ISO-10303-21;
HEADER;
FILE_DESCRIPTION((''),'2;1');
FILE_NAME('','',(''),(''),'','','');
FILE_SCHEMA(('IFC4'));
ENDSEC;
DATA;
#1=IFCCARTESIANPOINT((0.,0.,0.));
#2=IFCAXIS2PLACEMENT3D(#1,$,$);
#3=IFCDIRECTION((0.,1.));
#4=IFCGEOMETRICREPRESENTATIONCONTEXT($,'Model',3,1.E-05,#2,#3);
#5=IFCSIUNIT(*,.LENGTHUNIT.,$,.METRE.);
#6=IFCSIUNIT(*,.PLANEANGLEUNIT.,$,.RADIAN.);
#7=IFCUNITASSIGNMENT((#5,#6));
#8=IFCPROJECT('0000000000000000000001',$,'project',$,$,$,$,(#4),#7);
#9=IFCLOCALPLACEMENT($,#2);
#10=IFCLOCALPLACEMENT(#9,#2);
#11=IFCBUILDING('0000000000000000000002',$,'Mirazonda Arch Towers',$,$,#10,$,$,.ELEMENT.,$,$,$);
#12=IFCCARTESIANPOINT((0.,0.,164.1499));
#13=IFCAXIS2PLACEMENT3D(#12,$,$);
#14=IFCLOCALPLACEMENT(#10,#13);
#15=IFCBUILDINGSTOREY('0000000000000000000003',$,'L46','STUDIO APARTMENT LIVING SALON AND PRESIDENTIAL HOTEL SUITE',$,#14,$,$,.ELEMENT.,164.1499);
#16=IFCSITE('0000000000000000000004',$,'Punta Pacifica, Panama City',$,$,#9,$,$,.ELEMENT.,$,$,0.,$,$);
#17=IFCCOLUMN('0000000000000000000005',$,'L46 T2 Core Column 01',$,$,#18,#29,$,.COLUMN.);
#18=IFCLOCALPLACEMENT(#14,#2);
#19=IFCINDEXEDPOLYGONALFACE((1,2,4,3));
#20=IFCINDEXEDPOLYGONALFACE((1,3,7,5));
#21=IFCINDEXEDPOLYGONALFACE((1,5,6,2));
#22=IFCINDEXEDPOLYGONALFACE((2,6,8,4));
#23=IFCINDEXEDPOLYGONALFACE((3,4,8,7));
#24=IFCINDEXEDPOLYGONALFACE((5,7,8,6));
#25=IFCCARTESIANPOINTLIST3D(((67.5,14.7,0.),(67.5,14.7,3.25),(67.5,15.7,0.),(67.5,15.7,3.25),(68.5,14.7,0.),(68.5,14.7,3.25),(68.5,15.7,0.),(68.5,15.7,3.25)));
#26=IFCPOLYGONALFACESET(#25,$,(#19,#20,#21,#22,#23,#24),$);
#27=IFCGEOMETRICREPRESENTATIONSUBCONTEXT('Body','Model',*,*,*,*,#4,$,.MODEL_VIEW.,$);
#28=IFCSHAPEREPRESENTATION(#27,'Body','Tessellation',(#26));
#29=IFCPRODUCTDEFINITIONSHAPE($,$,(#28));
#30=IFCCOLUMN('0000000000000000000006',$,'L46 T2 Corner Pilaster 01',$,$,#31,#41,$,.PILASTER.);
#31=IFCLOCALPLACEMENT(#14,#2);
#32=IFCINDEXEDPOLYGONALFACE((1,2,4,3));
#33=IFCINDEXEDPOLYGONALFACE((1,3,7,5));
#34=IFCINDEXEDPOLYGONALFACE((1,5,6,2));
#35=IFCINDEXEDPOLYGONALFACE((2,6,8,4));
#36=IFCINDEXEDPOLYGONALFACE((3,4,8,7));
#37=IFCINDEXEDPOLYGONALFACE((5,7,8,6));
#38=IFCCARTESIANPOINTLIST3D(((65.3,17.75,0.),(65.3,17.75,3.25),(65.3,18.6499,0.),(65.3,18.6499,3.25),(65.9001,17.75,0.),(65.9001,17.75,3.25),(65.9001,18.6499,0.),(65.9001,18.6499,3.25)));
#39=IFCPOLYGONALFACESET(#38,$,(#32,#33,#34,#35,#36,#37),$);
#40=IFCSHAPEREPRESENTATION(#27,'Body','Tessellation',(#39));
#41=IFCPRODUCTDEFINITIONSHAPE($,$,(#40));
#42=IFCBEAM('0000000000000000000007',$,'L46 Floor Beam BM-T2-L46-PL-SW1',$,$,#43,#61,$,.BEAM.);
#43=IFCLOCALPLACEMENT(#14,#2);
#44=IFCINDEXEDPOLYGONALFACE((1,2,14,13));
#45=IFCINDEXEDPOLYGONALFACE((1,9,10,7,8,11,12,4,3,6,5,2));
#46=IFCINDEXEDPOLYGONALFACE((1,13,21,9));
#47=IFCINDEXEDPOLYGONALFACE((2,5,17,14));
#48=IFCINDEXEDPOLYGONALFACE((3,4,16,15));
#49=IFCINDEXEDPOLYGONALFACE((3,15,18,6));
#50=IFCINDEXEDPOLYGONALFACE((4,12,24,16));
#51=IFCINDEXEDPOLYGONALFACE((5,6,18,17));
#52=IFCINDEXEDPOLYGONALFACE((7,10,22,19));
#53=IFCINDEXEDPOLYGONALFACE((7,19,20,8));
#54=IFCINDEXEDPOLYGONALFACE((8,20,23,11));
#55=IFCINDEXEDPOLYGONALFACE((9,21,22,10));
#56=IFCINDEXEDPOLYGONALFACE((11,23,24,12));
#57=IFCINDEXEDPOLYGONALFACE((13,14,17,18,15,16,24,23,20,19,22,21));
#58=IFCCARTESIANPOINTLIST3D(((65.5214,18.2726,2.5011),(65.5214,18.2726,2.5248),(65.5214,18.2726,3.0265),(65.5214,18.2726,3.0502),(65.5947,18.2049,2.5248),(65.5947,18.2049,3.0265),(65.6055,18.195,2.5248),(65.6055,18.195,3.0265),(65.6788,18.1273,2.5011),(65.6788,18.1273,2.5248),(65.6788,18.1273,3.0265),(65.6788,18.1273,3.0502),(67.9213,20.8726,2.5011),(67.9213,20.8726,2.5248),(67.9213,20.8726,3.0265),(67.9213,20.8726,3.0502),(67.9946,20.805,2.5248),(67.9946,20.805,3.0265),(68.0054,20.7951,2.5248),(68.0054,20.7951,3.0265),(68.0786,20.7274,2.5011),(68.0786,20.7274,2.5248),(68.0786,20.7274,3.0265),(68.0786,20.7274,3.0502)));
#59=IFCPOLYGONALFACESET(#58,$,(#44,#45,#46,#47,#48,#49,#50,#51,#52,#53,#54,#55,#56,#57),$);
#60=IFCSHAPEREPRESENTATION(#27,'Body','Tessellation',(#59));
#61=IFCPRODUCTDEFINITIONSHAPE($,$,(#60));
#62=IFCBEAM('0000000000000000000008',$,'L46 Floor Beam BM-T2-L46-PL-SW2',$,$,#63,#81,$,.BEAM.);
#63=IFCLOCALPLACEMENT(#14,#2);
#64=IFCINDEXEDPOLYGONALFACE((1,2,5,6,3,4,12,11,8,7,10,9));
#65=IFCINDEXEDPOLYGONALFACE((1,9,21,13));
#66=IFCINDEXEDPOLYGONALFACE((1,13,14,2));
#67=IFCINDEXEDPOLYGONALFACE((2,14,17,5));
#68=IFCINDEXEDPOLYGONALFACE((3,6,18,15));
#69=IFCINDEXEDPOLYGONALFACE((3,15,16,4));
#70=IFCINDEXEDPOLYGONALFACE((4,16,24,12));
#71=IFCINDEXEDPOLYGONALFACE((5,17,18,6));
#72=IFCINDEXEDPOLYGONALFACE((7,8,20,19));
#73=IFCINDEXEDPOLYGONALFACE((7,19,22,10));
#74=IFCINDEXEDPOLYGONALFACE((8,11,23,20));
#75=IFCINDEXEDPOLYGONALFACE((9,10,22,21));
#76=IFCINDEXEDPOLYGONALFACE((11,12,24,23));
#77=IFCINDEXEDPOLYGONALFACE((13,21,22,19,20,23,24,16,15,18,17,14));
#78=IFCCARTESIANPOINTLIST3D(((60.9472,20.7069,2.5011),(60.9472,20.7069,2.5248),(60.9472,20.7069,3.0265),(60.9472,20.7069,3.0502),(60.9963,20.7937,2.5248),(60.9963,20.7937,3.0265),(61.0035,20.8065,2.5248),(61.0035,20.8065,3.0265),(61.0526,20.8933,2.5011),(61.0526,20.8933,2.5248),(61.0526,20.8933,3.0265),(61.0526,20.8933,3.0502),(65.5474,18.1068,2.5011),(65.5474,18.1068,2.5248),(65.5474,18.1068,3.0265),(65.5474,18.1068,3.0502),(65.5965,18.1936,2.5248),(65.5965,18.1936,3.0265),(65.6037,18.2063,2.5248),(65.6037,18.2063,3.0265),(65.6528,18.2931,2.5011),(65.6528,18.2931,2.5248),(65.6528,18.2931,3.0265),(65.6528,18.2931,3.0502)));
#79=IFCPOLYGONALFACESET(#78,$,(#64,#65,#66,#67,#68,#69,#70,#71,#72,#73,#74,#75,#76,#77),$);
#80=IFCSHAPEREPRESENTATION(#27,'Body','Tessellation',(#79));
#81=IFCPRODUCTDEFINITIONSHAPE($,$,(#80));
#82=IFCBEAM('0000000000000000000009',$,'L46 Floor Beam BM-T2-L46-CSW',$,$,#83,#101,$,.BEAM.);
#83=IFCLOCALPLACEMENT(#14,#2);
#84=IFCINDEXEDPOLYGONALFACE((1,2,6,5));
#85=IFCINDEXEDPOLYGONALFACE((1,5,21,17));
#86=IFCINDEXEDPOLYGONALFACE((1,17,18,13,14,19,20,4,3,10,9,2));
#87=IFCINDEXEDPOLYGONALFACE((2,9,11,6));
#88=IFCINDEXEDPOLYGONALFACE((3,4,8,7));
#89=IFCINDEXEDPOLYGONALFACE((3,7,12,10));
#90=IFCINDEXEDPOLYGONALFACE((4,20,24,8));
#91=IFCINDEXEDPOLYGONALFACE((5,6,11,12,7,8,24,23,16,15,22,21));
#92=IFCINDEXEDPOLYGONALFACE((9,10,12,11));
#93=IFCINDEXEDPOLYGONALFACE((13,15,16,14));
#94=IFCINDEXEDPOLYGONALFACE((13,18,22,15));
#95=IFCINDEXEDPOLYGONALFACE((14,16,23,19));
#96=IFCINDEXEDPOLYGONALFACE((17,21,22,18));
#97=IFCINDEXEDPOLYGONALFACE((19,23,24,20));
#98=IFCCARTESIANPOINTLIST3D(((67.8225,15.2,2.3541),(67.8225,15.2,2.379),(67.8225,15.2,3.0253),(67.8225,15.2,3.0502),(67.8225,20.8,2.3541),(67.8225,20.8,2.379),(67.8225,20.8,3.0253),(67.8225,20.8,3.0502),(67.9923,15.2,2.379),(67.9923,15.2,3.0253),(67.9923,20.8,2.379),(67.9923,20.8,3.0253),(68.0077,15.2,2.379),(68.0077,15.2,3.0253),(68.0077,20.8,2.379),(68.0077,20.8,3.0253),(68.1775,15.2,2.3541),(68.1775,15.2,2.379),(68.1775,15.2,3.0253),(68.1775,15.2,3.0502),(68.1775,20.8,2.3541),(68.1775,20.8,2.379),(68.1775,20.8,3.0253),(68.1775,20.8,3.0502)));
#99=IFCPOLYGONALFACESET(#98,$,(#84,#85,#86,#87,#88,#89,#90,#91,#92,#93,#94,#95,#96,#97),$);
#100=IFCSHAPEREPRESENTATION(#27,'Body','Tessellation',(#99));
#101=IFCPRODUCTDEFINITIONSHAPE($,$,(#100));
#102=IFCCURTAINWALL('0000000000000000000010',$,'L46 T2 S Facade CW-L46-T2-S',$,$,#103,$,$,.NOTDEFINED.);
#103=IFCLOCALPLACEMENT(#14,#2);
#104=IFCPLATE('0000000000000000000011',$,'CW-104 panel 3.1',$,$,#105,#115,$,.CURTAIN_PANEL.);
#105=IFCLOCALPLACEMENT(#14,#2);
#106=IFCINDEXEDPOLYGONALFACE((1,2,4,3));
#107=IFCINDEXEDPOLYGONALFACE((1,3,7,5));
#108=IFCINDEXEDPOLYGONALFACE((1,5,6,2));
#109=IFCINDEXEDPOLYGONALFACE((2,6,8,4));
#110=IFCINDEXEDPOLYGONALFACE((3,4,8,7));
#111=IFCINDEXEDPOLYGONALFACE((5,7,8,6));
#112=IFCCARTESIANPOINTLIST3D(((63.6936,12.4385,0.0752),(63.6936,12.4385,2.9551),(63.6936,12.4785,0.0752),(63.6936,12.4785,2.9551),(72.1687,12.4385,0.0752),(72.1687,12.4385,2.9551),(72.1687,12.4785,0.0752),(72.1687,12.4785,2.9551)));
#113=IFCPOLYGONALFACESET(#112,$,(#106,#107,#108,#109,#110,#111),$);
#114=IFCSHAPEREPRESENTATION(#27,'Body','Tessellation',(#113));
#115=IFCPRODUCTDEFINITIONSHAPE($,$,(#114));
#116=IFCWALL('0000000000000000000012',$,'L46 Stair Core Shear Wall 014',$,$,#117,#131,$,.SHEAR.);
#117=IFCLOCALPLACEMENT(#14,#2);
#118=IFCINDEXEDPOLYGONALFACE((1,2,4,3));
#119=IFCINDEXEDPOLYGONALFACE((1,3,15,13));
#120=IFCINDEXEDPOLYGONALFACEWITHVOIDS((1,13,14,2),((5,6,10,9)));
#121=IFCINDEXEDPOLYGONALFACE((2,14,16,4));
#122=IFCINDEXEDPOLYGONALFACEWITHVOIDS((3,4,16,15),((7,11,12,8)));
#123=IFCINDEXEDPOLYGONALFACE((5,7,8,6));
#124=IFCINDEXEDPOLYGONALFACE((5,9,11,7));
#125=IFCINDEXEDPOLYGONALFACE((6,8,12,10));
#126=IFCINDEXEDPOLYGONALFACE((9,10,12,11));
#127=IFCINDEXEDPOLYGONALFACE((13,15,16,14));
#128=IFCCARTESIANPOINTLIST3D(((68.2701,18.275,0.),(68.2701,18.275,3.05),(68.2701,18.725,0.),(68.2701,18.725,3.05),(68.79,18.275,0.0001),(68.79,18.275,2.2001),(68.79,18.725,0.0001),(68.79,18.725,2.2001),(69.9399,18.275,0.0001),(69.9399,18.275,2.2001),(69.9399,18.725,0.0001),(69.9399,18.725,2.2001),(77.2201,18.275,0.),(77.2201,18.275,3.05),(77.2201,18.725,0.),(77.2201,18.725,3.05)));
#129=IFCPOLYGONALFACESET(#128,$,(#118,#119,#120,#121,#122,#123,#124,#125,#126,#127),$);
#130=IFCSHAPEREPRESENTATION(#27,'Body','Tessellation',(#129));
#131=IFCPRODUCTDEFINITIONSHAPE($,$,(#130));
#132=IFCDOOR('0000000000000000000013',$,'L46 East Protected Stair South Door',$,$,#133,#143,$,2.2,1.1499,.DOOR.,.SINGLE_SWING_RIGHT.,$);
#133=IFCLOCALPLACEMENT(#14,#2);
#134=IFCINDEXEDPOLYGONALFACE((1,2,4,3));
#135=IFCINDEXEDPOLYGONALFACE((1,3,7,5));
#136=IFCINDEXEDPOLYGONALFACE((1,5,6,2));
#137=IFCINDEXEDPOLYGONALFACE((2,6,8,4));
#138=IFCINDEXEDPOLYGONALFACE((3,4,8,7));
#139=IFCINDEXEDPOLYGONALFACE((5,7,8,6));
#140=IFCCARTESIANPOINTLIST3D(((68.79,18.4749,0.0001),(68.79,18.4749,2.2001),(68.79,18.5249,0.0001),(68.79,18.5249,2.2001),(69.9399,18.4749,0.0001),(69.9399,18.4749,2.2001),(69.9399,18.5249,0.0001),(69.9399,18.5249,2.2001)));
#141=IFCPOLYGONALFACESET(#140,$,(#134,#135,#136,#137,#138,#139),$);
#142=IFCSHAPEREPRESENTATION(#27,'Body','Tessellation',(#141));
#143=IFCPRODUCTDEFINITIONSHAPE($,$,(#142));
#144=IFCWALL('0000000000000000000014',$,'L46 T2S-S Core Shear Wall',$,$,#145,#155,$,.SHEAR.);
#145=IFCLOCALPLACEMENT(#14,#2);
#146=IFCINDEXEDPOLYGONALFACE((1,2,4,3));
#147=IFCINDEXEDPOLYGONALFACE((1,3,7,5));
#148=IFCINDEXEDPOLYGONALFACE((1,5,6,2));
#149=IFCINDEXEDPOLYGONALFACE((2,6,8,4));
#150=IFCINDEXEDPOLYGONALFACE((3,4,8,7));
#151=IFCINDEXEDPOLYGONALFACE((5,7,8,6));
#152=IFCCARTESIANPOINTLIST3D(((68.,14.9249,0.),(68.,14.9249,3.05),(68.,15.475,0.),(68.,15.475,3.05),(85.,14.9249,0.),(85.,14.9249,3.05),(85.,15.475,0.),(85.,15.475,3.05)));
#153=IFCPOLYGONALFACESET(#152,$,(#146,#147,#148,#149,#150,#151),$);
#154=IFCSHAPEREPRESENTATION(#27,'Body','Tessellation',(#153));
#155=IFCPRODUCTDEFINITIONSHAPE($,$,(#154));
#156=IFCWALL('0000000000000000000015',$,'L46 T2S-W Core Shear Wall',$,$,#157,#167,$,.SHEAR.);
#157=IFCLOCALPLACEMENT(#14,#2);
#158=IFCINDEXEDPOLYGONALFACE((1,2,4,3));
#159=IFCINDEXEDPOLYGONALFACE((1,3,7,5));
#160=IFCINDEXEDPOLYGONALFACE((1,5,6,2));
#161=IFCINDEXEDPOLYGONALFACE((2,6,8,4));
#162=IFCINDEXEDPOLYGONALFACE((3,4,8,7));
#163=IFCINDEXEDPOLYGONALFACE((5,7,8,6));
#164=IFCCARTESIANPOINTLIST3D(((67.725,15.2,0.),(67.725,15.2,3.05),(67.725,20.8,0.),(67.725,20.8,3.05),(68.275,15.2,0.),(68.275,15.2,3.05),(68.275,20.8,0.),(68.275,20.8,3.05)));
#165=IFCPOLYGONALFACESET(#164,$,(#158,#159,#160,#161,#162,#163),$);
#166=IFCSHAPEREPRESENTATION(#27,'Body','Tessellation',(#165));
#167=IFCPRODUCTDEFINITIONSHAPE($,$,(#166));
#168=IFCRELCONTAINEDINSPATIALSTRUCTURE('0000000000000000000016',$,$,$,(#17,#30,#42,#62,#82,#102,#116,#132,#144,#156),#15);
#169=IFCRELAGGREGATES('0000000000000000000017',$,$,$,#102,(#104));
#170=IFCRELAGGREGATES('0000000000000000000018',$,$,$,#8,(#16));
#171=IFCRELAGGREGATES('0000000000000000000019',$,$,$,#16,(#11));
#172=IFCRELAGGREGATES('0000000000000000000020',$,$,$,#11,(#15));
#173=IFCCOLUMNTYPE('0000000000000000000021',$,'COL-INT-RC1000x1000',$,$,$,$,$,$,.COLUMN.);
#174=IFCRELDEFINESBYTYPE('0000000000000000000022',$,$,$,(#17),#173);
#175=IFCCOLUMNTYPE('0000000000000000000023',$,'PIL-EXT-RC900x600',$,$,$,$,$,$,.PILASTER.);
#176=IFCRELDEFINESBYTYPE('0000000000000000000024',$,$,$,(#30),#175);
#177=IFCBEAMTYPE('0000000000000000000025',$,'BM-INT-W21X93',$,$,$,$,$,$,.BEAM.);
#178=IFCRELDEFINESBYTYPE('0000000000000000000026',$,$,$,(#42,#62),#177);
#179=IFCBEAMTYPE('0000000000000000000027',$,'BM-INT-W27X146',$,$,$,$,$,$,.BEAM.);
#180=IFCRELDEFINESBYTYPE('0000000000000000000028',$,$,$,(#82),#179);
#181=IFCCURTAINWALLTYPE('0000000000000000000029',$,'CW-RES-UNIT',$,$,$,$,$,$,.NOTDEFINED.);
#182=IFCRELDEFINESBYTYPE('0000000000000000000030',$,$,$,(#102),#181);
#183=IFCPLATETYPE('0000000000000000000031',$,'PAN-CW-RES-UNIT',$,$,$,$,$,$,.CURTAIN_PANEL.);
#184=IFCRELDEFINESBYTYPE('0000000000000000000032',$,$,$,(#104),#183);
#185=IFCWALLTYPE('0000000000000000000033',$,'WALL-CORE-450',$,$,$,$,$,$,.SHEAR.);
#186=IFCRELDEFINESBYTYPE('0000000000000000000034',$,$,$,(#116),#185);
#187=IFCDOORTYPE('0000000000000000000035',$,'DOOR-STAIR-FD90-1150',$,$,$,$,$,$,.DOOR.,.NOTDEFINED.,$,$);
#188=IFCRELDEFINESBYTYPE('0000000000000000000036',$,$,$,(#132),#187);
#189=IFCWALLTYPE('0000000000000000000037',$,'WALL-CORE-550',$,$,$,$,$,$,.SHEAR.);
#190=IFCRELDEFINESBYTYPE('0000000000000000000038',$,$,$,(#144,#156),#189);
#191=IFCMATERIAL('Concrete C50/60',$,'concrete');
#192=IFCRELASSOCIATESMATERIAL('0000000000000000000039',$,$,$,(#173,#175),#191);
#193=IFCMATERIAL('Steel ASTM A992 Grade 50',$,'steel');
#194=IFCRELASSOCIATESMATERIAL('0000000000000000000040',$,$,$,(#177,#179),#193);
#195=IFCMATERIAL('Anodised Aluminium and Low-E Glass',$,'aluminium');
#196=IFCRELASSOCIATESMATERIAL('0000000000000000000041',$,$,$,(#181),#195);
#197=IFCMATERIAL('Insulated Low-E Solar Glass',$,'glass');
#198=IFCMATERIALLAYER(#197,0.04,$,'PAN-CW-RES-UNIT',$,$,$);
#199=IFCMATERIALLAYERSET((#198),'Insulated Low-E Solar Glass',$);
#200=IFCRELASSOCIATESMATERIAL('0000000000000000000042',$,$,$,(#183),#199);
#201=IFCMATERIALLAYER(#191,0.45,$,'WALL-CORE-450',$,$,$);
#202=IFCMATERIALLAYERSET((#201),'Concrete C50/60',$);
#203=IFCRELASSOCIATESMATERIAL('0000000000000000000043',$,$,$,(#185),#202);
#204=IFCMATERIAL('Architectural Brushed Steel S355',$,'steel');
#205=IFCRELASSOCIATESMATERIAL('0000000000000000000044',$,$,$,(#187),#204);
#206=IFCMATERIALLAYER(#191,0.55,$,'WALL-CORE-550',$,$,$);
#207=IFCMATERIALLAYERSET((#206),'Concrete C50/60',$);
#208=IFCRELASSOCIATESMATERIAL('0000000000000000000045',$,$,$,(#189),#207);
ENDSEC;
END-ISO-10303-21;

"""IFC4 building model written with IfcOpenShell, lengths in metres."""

from ifc_helpers import new_model, si_unit, direction, frame, frame_2d, origin, origin_2d, place, context, subcontext, project, spatial, rectangle, i_section, extrude, material, layer, layer_set, material_profile, profile_set, type_object, element, fill, aggregate, save


model = new_model("IFC4")

# Units and contexts
model_context = context("Model", 3, precision=1e-05, world=origin(), true_north=direction((0.0, 1.0)))
body_context = subcontext(model_context, "Body", "Model", "MODEL_VIEW")
ifc_project = project(units=[si_unit("LENGTHUNIT", "METRE"), si_unit("PLANEANGLEUNIT", "RADIAN")], contexts=[model_context])

# Site, building, storey
site_placement = place(None, origin())
site = spatial("IfcSite", under=ifc_project, at=site_placement, Name="Punta Pacifica, Panama City", CompositionType="ELEMENT", RefElevation=0.0)
building_placement = place(site_placement, origin())
building = spatial("IfcBuilding", under=site, at=building_placement, Name="Mirazonda Arch Towers", CompositionType="ELEMENT")
storey_placement = place(building_placement, frame((0.0, 0.0, 164.1499)))
storey = spatial("IfcBuildingStorey", under=building, at=storey_placement, Name="L46", Description="STUDIO APARTMENT LIVING SALON AND PRESIDENTIAL HOTEL SUITE", CompositionType="ELEMENT", Elevation=164.1499)

# Columns
ifc_material_1 = material(Name="Concrete C50/60", Category="concrete")
ifc_material_profile_1 = material_profile(ifc_material_1, rectangle(XDim=1.0, YDim=1.0, at=origin_2d()), Name="RC1000x1000")
ifc_profile_set_1 = profile_set([ifc_material_profile_1], Name="Concrete C50/60")
column_type_1 = type_object("IfcColumnType", Name="COL-INT-RC1000x1000", PredefinedType="COLUMN", material=ifc_profile_set_1)
column_1_placement = place(storey_placement, frame((68.0, 15.2, 0.0), z_axis=(0.0, 0.0, 1.0), x_axis=(1.0, 0.0, 0.0)))
element("IfcColumn", 1, at=column_1_placement, inside=storey, type_object=column_type_1, Name="L46 T2 Core Column 01", PredefinedType="COLUMN", context=body_context, shape_type="SweptSolid", body=[
    extrude(rectangle(XDim=1.0, YDim=1.0, at=origin_2d()), origin(), (0.0, 0.0, 1.0), 3.25),
])
ifc_material_profile_2 = material_profile(ifc_material_1, rectangle(XDim=0.6001, YDim=0.8999, at=origin_2d()), Name="RC900x600")
ifc_profile_set_2 = profile_set([ifc_material_profile_2], Name="Concrete C50/60")
column_type_2 = type_object("IfcColumnType", Name="PIL-EXT-RC900x600", PredefinedType="PILASTER", material=ifc_profile_set_2)
column_2_placement = place(storey_placement, frame((65.6001, 18.2, 0.0), z_axis=(0.0, 0.0, 1.0), x_axis=(1.0, 0.0, 0.0)))
element("IfcColumn", 2, at=column_2_placement, inside=storey, type_object=column_type_2, Name="L46 T2 Corner Pilaster 01", PredefinedType="PILASTER", context=body_context, shape_type="SweptSolid", body=[
    extrude(rectangle(XDim=0.6001, YDim=0.8999, at=origin_2d()), origin(), (0.0, 0.0, 1.0), 3.25),
])

# Beams
ifc_material_2 = material(Name="Steel ASTM A992 Grade 50", Category="steel")
ifc_material_profile_3 = material_profile(ifc_material_2, i_section(OverallWidth=0.2141, OverallDepth=0.5491, WebThickness=0.0146, FlangeThickness=0.0237, at=origin_2d()), Name="W21X93")
ifc_profile_set_3 = profile_set([ifc_material_profile_3], Name="Steel ASTM A992 Grade 50")
beam_type_1 = type_object("IfcBeamType", Name="BM-INT-W21X93", PredefinedType="BEAM", material=ifc_profile_set_3)
beam_1_placement = place(storey_placement, frame((65.6001, 18.2, 2.7756), z_axis=(0.678251, 0.73483, 0.0), x_axis=(-0.73483, 0.678251, 0.0)))
element("IfcBeam", 3, at=beam_1_placement, inside=storey, type_object=beam_type_1, Name="L46 Floor Beam BM-T2-L46-PL-SW1", PredefinedType="BEAM", context=body_context, shape_type="SweptSolid", body=[
    extrude(i_section(OverallWidth=0.2141, OverallDepth=0.5491, WebThickness=0.0146, FlangeThickness=0.0237, at=origin_2d()), origin(), (0.0, 0.0, 1.0), 3.5383),
])
beam_2_placement = place(storey_placement, frame((65.6001, 18.2, 2.7756), z_axis=(-0.870559, 0.492063, 0.0), x_axis=(-0.492063, -0.870559, 0.0)))
element("IfcBeam", 4, at=beam_2_placement, inside=storey, type_object=beam_type_1, Name="L46 Floor Beam BM-T2-L46-PL-SW2", PredefinedType="BEAM", context=body_context, shape_type="SweptSolid", body=[
    extrude(i_section(OverallWidth=0.2141, OverallDepth=0.5491, WebThickness=0.0146, FlangeThickness=0.0237, at=origin_2d()), origin(), (0.0, 0.0, 1.0), 5.2842),
])
ifc_material_profile_4 = material_profile(ifc_material_2, i_section(OverallWidth=0.355, OverallDepth=0.696, WebThickness=0.0154, FlangeThickness=0.0249, at=origin_2d()), Name="W27X146")
ifc_profile_set_4 = profile_set([ifc_material_profile_4], Name="Steel ASTM A992 Grade 50")
beam_type_2 = type_object("IfcBeamType", Name="BM-INT-W27X146", PredefinedType="BEAM", material=ifc_profile_set_4)
beam_3_placement = place(storey_placement, frame((68.0, 15.2, 2.7021), z_axis=(0.0, 1.0, 0.0), x_axis=(-1.0, 0.0, 0.0)))
element("IfcBeam", 5, at=beam_3_placement, inside=storey, type_object=beam_type_2, Name="L46 Floor Beam BM-T2-L46-CSW", PredefinedType="BEAM", context=body_context, shape_type="SweptSolid", body=[
    extrude(i_section(OverallWidth=0.355, OverallDepth=0.696, WebThickness=0.0154, FlangeThickness=0.0249, at=origin_2d()), origin(), (0.0, 0.0, 1.0), 5.6001),
])

# Curtain wall, plate
ifc_material_3 = material(Name="Anodised Aluminium and Low-E Glass", Category="aluminium")
curtain_wall_type = type_object("IfcCurtainWallType", Name="CW-RES-UNIT", PredefinedType="NOTDEFINED", material=ifc_material_3)
curtain_wall_placement = place(storey_placement, origin())
curtain_wall = element("IfcCurtainWall", 6, at=curtain_wall_placement, inside=storey, type_object=curtain_wall_type, Name="L46 T2 S Facade CW-L46-T2-S", PredefinedType="NOTDEFINED")
ifc_material_4 = material(Name="Insulated Low-E Solar Glass", Category="glass")
ifc_layer_1 = layer(ifc_material_4, 0.04, Name="PAN-CW-RES-UNIT")
ifc_layer_set_1 = layer_set([ifc_layer_1], Name="Insulated Low-E Solar Glass")
plate_type = type_object("IfcPlateType", Name="PAN-CW-RES-UNIT", PredefinedType="CURTAIN_PANEL", material=ifc_layer_set_1)
plate_placement = place(storey_placement, frame((67.9312, 12.4585, 0.0752), z_axis=(0.0, 0.0, 1.0), x_axis=(-1.0, 0.0, 0.0)))
plate = element("IfcPlate", 7, at=plate_placement, type_object=plate_type, Name="CW-104 panel 3.1", PredefinedType="CURTAIN_PANEL", context=body_context, shape_type="SweptSolid", body=[
    extrude(rectangle(XDim=8.4751, YDim=0.04, at=origin_2d()), origin(), (0.0, 0.0, 1.0), 2.8799),
])
aggregate(curtain_wall, [plate])

# Wall, opening, door
ifc_layer_2 = layer(ifc_material_1, 0.45, Name="WALL-CORE-450")
ifc_layer_set_2 = layer_set([ifc_layer_2], Name="Concrete C50/60")
wall_type_1 = type_object("IfcWallType", Name="WALL-CORE-450", PredefinedType="SHEAR", material=ifc_layer_set_2)
wall_1_placement = place(storey_placement, frame((68.27, 18.5, 0.0), z_axis=(0.0, 0.0, 1.0), x_axis=(1.0, 0.0, 0.0)))
wall_1 = element("IfcWall", 8, at=wall_1_placement, inside=storey, type_object=wall_type_1, Name="L46 Stair Core Shear Wall 014", PredefinedType="SHEAR", context=body_context, shape_type="SweptSolid", body=[
    extrude(rectangle(XDim=8.95, YDim=0.45, at=frame_2d((4.4751, 0.0))), origin(), (0.0, 0.0, 1.0), 3.05),
])
opening_placement = place(wall_1_placement, frame((0.52, 0.0, 0.0)))
opening = element("IfcOpeningElement", 9, at=opening_placement, cuts=wall_1, PredefinedType="OPENING", context=body_context, shape_type="SweptSolid", body=[
    extrude(rectangle(XDim=1.1499, YDim=2.2, at=frame_2d((0.575, 1.1001))), frame((0.0, 0.2349, 0.0), z_axis=(0.0, -1.0, 0.0), x_axis=(1.0, 0.0, 0.0)), (0.0, 0.0, 1.0), 0.47),
])
ifc_material_5 = material(Name="Architectural Brushed Steel S355", Category="steel")
door_type = type_object("IfcDoorType", Name="DOOR-STAIR-FD90-1150", OperationType="NOTDEFINED", PredefinedType="DOOR", material=ifc_material_5)
door_placement = place(opening_placement, origin())
door = element("IfcDoor", 10, at=door_placement, inside=storey, type_object=door_type, Name="L46 East Protected Stair South Door", OperationType="SINGLE_SWING_RIGHT", OverallHeight=2.2, OverallWidth=1.1499, PredefinedType="DOOR", context=body_context, shape_type="SweptSolid", body=[
    extrude(rectangle(XDim=1.1499, YDim=2.2, at=frame_2d((0.575, 1.1001))), frame((0.0, 0.0249, 0.0), z_axis=(0.0, -1.0, 0.0), x_axis=(1.0, 0.0, 0.0)), (0.0, 0.0, 1.0), 0.05),
])
fill(opening, door)

# Walls
ifc_layer_3 = layer(ifc_material_1, 0.55, Name="WALL-CORE-550")
ifc_layer_set_3 = layer_set([ifc_layer_3], Name="Concrete C50/60")
wall_type_2 = type_object("IfcWallType", Name="WALL-CORE-550", PredefinedType="SHEAR", material=ifc_layer_set_3)
wall_2_placement = place(storey_placement, frame((68.0, 15.2, 0.0), z_axis=(0.0, 0.0, 1.0), x_axis=(1.0, 0.0, 0.0)))
element("IfcWall", 11, at=wall_2_placement, inside=storey, type_object=wall_type_2, Name="L46 T2S-S Core Shear Wall", PredefinedType="SHEAR", context=body_context, shape_type="SweptSolid", body=[
    extrude(rectangle(XDim=17.0, YDim=0.55, at=frame_2d((8.5, 0.0))), origin(), (0.0, 0.0, 1.0), 3.05),
])
wall_3_placement = place(storey_placement, frame((68.0, 15.2, 0.0), z_axis=(0.0, 0.0, 1.0), x_axis=(0.0, 1.0, 0.0)))
element("IfcWall", 12, at=wall_3_placement, inside=storey, type_object=wall_type_2, Name="L46 T2S-W Core Shear Wall", PredefinedType="SHEAR", context=body_context, shape_type="SweptSolid", body=[
    extrude(rectangle(XDim=5.6001, YDim=0.55, at=frame_2d((2.8, 0.0))), origin(), (0.0, 0.0, 1.0), 3.05),
])

save(model, "model.ifc")
